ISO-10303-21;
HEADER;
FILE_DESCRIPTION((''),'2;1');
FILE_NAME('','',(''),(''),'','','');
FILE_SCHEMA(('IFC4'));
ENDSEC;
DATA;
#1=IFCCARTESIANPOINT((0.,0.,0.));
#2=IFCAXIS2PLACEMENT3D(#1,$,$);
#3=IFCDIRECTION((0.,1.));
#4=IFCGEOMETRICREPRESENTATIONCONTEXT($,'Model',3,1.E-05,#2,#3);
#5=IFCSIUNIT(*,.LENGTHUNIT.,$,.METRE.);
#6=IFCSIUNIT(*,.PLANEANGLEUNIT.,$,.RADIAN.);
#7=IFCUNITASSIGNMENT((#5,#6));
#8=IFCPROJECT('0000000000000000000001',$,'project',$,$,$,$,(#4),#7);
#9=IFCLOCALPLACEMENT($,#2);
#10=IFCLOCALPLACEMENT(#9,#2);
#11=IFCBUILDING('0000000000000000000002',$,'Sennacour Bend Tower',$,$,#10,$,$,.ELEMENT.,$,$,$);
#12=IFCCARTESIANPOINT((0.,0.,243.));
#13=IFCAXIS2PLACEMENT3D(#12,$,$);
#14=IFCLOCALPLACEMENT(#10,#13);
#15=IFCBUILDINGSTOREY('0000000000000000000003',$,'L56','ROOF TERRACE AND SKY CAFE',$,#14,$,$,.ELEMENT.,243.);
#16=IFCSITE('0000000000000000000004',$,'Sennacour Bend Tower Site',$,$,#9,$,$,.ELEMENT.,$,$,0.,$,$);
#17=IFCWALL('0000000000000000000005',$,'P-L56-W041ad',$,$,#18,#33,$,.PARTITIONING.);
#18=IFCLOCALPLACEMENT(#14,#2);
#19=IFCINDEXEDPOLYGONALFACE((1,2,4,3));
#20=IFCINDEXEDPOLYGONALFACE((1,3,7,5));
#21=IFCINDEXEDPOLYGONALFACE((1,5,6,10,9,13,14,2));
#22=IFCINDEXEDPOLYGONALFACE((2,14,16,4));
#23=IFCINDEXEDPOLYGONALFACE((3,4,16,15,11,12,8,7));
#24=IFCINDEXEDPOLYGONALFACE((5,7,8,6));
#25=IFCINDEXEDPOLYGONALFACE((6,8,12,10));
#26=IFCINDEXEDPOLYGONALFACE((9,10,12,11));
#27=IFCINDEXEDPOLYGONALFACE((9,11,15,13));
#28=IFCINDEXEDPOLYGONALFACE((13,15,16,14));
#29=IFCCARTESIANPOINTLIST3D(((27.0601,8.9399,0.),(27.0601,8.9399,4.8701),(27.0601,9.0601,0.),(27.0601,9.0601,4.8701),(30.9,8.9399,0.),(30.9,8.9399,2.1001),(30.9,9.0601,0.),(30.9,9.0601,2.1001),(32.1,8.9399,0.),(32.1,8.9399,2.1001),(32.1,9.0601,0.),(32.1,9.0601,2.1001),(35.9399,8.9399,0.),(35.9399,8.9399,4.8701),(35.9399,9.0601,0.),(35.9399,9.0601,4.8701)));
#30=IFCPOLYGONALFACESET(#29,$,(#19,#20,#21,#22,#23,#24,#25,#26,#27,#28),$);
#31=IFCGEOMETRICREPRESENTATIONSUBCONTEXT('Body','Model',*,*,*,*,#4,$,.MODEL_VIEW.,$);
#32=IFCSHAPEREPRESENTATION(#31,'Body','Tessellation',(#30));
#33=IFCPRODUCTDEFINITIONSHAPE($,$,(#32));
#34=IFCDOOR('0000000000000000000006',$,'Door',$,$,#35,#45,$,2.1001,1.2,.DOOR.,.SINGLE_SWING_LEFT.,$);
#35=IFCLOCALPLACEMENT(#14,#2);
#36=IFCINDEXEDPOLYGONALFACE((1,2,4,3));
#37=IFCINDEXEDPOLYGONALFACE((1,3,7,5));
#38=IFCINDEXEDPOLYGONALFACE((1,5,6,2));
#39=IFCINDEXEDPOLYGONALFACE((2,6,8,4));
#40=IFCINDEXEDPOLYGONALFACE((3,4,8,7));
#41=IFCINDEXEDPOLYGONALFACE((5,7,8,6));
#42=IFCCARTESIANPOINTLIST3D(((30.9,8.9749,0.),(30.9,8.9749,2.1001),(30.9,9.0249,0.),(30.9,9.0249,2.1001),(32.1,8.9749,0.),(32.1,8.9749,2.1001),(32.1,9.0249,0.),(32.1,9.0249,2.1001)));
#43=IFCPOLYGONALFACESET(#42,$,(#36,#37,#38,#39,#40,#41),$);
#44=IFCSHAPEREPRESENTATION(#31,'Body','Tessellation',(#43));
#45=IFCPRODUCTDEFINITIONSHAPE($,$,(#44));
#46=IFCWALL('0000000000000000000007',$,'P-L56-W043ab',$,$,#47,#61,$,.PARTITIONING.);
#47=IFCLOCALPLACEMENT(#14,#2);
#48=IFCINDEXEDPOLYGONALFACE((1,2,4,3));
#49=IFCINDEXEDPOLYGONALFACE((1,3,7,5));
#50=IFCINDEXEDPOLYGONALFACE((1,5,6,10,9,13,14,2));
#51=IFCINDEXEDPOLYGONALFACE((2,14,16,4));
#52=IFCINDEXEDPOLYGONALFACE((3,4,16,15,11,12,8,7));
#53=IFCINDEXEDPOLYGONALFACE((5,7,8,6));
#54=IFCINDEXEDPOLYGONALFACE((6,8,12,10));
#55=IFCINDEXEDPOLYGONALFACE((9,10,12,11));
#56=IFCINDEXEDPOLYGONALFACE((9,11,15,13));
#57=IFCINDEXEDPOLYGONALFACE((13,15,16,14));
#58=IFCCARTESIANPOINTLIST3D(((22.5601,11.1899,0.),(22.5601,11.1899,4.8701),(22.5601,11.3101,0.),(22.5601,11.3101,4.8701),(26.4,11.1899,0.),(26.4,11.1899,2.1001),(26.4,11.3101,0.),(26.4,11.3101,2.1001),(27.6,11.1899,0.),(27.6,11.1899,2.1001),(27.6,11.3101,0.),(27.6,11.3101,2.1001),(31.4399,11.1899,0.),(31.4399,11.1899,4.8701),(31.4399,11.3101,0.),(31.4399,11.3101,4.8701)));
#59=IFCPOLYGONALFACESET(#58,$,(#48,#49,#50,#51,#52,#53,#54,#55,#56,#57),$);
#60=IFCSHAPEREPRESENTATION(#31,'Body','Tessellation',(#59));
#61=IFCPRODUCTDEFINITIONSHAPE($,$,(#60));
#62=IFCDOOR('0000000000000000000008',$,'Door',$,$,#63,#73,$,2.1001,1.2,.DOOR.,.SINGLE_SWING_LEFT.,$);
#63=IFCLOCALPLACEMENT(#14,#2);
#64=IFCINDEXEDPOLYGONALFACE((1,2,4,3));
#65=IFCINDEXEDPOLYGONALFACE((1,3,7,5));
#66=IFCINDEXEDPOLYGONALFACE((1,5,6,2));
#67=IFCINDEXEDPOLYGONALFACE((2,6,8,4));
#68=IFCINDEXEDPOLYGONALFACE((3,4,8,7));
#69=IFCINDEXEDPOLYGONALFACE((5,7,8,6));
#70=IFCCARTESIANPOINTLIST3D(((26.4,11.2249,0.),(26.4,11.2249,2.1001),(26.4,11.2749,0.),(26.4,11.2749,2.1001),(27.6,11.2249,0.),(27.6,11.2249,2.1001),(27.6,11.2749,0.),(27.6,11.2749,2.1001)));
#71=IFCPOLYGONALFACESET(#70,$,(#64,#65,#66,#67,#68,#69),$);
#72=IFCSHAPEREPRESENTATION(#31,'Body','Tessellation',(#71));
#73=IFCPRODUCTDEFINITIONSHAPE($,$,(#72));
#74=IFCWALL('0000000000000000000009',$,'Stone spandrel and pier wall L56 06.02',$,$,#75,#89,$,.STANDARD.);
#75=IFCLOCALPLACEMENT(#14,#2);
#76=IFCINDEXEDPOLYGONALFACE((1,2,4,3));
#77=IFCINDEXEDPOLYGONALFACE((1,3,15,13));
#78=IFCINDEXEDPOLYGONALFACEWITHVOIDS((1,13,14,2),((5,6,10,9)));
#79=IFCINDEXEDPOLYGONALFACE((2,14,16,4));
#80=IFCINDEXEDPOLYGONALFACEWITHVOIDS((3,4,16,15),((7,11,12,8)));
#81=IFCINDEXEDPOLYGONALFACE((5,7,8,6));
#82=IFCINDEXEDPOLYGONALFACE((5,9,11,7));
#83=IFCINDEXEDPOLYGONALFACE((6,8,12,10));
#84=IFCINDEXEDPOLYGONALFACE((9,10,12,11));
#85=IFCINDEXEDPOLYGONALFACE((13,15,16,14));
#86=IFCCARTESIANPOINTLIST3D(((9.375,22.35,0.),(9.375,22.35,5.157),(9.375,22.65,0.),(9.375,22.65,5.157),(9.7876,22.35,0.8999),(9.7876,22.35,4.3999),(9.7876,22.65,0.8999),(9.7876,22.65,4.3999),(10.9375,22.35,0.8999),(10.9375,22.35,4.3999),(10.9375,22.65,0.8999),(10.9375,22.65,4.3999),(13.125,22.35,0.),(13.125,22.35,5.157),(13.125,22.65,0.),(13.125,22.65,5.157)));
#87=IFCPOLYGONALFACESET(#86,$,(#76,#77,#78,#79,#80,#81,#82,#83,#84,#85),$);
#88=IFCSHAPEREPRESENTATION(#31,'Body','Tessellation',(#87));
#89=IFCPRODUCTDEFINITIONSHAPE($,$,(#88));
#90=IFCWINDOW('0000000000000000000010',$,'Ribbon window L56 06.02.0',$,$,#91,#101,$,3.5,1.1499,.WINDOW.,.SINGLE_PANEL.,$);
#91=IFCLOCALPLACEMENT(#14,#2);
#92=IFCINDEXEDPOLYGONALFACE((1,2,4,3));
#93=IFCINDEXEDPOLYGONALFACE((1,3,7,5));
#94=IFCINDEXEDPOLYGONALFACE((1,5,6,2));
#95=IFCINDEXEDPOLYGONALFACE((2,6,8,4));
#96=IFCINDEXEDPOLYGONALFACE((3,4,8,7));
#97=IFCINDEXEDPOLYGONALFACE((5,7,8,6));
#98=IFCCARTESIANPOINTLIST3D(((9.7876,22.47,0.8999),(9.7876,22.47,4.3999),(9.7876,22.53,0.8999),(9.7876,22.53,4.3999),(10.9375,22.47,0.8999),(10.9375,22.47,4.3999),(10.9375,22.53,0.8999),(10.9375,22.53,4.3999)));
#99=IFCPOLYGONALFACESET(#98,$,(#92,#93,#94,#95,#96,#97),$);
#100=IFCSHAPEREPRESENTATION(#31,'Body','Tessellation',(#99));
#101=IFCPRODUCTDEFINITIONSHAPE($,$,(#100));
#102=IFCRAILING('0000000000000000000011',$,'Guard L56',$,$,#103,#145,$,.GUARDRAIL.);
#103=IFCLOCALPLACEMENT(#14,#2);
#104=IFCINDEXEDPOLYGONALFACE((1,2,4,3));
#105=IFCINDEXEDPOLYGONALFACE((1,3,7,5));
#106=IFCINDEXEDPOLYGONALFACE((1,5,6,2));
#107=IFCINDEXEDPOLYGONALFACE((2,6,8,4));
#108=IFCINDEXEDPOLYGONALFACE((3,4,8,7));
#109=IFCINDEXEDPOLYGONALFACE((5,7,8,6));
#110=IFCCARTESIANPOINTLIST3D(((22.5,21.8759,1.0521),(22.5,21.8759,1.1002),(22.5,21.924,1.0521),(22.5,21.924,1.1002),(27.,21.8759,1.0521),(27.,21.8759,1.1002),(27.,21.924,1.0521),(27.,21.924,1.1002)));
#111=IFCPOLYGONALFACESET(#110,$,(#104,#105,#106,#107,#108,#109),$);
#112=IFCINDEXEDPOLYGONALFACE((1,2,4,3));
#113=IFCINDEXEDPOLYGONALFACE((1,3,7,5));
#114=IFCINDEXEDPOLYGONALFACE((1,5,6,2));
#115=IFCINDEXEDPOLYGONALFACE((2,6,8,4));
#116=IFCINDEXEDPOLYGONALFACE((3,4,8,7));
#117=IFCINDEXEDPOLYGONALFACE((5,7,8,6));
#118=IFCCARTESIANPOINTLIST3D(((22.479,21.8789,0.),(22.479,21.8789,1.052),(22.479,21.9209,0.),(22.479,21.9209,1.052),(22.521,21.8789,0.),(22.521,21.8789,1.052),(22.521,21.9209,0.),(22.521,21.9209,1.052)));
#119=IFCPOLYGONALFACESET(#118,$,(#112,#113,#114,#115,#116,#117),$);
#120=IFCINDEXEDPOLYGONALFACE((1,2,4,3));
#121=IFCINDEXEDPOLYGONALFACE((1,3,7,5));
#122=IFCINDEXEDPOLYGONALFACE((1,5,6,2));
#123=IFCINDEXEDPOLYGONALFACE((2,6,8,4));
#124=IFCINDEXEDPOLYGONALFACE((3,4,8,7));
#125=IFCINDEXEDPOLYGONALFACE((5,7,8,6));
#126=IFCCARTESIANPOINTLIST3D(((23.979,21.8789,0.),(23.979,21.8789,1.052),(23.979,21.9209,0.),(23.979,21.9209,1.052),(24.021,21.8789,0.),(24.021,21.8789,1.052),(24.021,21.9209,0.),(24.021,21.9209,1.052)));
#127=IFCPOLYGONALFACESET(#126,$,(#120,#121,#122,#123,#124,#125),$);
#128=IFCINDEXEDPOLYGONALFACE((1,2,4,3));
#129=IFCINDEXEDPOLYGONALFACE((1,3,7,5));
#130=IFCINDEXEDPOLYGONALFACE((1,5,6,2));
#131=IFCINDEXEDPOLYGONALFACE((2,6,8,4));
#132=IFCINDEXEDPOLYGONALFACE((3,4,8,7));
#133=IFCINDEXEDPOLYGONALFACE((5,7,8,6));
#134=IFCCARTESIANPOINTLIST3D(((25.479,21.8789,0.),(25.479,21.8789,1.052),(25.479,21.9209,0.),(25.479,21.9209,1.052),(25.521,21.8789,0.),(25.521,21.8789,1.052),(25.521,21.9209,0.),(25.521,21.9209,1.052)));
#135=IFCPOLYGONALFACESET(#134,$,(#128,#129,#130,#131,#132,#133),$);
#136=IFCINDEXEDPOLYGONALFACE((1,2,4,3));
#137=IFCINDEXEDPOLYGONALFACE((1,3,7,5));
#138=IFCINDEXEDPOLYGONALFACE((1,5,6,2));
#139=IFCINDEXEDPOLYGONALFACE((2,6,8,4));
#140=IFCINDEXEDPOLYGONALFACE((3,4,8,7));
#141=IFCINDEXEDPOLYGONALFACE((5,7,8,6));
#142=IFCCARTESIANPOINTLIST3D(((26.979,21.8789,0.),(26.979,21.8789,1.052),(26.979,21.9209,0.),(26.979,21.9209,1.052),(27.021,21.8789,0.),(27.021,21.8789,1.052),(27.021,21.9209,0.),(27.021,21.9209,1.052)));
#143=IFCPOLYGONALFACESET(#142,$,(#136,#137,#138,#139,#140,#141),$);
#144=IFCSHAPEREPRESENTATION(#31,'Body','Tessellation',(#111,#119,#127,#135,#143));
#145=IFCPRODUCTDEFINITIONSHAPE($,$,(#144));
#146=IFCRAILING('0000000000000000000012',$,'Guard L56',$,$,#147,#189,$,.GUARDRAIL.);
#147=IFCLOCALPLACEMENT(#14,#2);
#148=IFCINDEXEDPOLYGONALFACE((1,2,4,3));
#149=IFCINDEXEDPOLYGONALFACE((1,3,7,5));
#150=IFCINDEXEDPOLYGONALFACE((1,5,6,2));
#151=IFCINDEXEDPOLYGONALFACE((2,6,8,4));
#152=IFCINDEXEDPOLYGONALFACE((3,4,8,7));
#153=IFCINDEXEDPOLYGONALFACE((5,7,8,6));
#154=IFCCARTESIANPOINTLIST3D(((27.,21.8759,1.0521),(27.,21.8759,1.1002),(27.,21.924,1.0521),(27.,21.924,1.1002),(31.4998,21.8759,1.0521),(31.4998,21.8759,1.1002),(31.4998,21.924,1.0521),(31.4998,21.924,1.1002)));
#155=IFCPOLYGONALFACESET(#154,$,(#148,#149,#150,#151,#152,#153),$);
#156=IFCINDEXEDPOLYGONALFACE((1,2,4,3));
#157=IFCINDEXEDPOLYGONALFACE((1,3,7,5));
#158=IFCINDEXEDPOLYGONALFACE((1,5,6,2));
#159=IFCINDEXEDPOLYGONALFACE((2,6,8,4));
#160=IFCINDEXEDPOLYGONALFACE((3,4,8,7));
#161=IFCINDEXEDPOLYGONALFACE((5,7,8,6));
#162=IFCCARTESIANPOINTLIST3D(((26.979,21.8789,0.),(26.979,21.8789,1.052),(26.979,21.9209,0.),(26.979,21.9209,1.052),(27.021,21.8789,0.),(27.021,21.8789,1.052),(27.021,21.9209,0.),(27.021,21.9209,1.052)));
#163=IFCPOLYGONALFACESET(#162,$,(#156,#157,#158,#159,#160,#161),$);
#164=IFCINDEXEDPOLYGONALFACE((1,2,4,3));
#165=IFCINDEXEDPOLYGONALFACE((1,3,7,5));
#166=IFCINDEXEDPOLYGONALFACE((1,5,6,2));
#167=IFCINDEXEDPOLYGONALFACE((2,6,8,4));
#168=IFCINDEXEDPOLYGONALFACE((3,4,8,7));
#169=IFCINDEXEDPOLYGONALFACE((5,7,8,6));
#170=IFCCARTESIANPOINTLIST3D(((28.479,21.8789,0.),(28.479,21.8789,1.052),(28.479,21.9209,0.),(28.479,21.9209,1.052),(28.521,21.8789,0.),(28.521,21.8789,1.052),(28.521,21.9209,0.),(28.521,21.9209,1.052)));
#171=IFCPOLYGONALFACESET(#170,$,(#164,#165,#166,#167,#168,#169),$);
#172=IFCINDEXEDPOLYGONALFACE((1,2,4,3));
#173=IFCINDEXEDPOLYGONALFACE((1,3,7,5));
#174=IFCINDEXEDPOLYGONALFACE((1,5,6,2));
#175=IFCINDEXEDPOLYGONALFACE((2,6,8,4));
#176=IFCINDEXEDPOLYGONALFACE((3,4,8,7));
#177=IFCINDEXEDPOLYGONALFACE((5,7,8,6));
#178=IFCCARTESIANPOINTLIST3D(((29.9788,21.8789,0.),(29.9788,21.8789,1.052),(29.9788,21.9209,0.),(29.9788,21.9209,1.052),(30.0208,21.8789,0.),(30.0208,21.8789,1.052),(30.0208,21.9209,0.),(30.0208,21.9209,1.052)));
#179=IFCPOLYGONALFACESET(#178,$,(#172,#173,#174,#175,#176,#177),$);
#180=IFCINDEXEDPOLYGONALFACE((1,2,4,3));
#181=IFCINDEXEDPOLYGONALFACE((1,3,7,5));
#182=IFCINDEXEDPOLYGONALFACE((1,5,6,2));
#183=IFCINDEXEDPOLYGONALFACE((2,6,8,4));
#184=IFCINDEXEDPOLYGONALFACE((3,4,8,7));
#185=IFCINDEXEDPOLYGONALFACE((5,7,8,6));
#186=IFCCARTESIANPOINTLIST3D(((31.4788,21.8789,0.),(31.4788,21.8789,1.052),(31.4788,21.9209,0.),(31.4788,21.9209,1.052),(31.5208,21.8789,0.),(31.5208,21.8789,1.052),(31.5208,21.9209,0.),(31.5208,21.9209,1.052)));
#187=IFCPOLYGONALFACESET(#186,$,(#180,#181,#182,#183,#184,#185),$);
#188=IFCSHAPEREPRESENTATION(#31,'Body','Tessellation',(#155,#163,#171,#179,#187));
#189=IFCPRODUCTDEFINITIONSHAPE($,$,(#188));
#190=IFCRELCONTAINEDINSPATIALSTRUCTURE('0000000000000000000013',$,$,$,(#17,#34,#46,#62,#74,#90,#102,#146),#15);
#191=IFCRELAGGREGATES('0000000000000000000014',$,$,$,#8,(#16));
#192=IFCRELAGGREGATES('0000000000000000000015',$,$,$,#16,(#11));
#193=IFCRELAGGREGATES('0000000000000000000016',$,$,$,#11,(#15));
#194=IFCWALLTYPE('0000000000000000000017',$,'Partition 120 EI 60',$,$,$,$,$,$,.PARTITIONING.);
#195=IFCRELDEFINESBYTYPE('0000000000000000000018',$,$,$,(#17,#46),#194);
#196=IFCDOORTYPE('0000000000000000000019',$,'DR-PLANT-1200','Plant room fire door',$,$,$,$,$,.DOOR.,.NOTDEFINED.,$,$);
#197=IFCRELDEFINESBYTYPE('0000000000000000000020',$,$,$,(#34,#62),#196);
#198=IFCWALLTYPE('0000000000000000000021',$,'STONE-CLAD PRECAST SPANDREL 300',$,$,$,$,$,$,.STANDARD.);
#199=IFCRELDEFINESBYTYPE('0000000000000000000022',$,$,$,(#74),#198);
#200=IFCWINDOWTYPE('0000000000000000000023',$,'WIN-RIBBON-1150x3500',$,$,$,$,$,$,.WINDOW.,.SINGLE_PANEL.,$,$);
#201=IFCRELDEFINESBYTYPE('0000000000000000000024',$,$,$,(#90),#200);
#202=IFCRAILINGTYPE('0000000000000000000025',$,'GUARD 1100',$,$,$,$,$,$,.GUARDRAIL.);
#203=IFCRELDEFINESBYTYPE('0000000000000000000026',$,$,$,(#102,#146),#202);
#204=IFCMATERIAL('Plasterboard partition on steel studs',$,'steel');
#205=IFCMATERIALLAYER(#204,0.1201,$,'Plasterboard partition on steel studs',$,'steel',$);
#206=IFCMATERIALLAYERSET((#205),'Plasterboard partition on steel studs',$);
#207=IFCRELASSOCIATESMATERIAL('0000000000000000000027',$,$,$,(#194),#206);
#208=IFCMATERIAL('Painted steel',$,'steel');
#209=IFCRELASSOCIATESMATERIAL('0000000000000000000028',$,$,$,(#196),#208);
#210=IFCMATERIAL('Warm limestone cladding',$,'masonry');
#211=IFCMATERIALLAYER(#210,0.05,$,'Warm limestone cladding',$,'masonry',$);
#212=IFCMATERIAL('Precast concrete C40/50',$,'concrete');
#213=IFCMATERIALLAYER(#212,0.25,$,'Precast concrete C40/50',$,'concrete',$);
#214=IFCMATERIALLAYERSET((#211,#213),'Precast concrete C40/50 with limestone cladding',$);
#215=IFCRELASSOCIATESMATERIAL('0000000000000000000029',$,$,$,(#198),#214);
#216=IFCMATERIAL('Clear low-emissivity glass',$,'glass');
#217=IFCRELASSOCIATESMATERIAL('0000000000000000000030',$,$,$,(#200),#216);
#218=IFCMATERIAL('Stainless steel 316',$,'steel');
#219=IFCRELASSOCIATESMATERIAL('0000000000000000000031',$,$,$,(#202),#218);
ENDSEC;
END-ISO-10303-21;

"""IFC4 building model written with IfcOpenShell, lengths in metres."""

from ifc_helpers import new_model, si_unit, direction, frame, frame_2d, origin, origin_2d, place, context, subcontext, project, spatial, rectangle, extrude, material, layer, layer_set, type_object, element, fill, save


model = new_model("IFC4")

# Units and contexts
model_context = context("Model", 3, precision=1e-05, world=origin(), true_north=direction((0.0, 1.0)))
body_context = subcontext(model_context, "Body", "Model", "MODEL_VIEW")
ifc_project = project(units=[si_unit("LENGTHUNIT", "METRE"), si_unit("PLANEANGLEUNIT", "RADIAN")], contexts=[model_context])

# Site, building, storey
site_placement = place(None, origin())
site = spatial("IfcSite", under=ifc_project, at=site_placement, Name="Sennacour Bend Tower Site", CompositionType="ELEMENT", RefElevation=0.0)
building_placement = place(site_placement, origin())
building = spatial("IfcBuilding", under=site, at=building_placement, Name="Sennacour Bend Tower", CompositionType="ELEMENT")
storey_placement = place(building_placement, frame((0.0, 0.0, 243.0)))
storey = spatial("IfcBuildingStorey", under=building, at=storey_placement, Name="L56", Description="ROOF TERRACE AND SKY CAFE", CompositionType="ELEMENT", Elevation=243.0)

# Shared definitions
ifc_material_1 = material(Name="Plasterboard partition on steel studs", Category="steel")

# Walls, openings, doors
ifc_layer_1 = layer(ifc_material_1, 0.1201, Name="Plasterboard partition on steel studs", Category="steel")
ifc_layer_set_1 = layer_set([ifc_layer_1], Name="Plasterboard partition on steel studs")
wall_type_1 = type_object("IfcWallType", Name="Partition 120 EI 60", PredefinedType="PARTITIONING", material=ifc_layer_set_1)
wall_1_placement = place(storey_placement, frame((27.0601, 9.0, 0.0), z_axis=(0.0, 0.0, 1.0), x_axis=(1.0, 0.0, 0.0)))
wall_1 = element("IfcWall", 1, at=wall_1_placement, inside=storey, type_object=wall_type_1, Name="P-L56-W041ad", PredefinedType="PARTITIONING", context=body_context, shape_type="SweptSolid", body=[
    extrude(rectangle(XDim=8.8799, YDim=0.1201, at=frame_2d((4.4399, 0.0))), origin(), (0.0, 0.0, 1.0), 4.8701),
])
opening_1_placement = place(wall_1_placement, frame((3.8398, 0.0, 0.0)))
opening_1 = element("IfcOpeningElement", 2, at=opening_1_placement, cuts=wall_1, PredefinedType="OPENING", context=body_context, shape_type="SweptSolid", body=[
    extrude(rectangle(XDim=1.2, YDim=2.1001, at=frame_2d((0.6001, 1.05))), frame((0.0, 0.0701, 0.0), z_axis=(0.0, -1.0, 0.0), x_axis=(1.0, 0.0, 0.0)), (0.0, 0.0, 1.0), 0.1401),
])
ifc_material_2 = material(Name="Painted steel", Category="steel")
door_type_1 = type_object("IfcDoorType", Name="DR-PLANT-1200", Description="Plant room fire door", OperationType="NOTDEFINED", PredefinedType="DOOR", material=ifc_material_2)
door_1_placement = place(opening_1_placement, origin())
door_1 = element("IfcDoor", 3, at=door_1_placement, inside=storey, type_object=door_type_1, Name="Door", OperationType="SINGLE_SWING_LEFT", OverallHeight=2.1001, OverallWidth=1.2, PredefinedType="DOOR", context=body_context, shape_type="SweptSolid", body=[
    extrude(rectangle(XDim=1.2, YDim=2.1001, at=frame_2d((0.6001, 1.05))), frame((0.0, 0.0249, 0.0), z_axis=(0.0, -1.0, 0.0), x_axis=(1.0, 0.0, 0.0)), (0.0, 0.0, 1.0), 0.05),
])
fill(opening_1, door_1)
wall_2_placement = place(storey_placement, frame((22.5601, 11.25, 0.0), z_axis=(0.0, 0.0, 1.0), x_axis=(1.0, 0.0, 0.0)))
wall_2 = element("IfcWall", 4, at=wall_2_placement, inside=storey, type_object=wall_type_1, Name="P-L56-W043ab", PredefinedType="PARTITIONING", context=body_context, shape_type="SweptSolid", body=[
    extrude(rectangle(XDim=8.8799, YDim=0.1201, at=frame_2d((4.4399, 0.0))), origin(), (0.0, 0.0, 1.0), 4.8701),
])
opening_2_placement = place(wall_2_placement, frame((3.8398, 0.0, 0.0)))
opening_2 = element("IfcOpeningElement", 5, at=opening_2_placement, cuts=wall_2, PredefinedType="OPENING", context=body_context, shape_type="SweptSolid", body=[
    extrude(rectangle(XDim=1.2, YDim=2.1001, at=frame_2d((0.6001, 1.05))), frame((0.0, 0.0701, 0.0), z_axis=(0.0, -1.0, 0.0), x_axis=(1.0, 0.0, 0.0)), (0.0, 0.0, 1.0), 0.1401),
])
door_2_placement = place(opening_2_placement, origin())
door_2 = element("IfcDoor", 6, at=door_2_placement, inside=storey, type_object=door_type_1, Name="Door", OperationType="SINGLE_SWING_LEFT", OverallHeight=2.1001, OverallWidth=1.2, PredefinedType="DOOR", context=body_context, shape_type="SweptSolid", body=[
    extrude(rectangle(XDim=1.2, YDim=2.1001, at=frame_2d((0.6001, 1.05))), frame((0.0, 0.0249, 0.0), z_axis=(0.0, -1.0, 0.0), x_axis=(1.0, 0.0, 0.0)), (0.0, 0.0, 1.0), 0.05),
])
fill(opening_2, door_2)
ifc_material_3 = material(Name="Warm limestone cladding", Category="masonry")
ifc_layer_2 = layer(ifc_material_3, 0.05, Name="Warm limestone cladding", Category="masonry")
ifc_material_4 = material(Name="Precast concrete C40/50", Category="concrete")
ifc_layer_3 = layer(ifc_material_4, 0.25, Name="Precast concrete C40/50", Category="concrete")
ifc_layer_set_2 = layer_set([ifc_layer_2, ifc_layer_3], Name="Precast concrete C40/50 with limestone cladding")
wall_type_2 = type_object("IfcWallType", Name="STONE-CLAD PRECAST SPANDREL 300", PredefinedType="STANDARD", material=ifc_layer_set_2)

# Wall, opening, window
wall_3_placement = place(storey_placement, frame((13.125, 22.5, 0.0), z_axis=(0.0, 0.0, 1.0), x_axis=(-1.0, 0.0, 0.0)))
wall_3 = element("IfcWall", 7, at=wall_3_placement, inside=storey, type_object=wall_type_2, Name="Stone spandrel and pier wall L56 06.02", PredefinedType="STANDARD", context=body_context, shape_type="SweptSolid", body=[
    extrude(rectangle(XDim=3.75, YDim=0.3, at=frame_2d((1.875, 0.0))), origin(), (0.0, 0.0, 1.0), 5.157),
])
opening_3_placement = place(wall_3_placement, frame((2.1875, 0.0, 0.8999)))
opening_3 = element("IfcOpeningElement", 8, at=opening_3_placement, cuts=wall_3, PredefinedType="OPENING", context=body_context, shape_type="SweptSolid", body=[
    extrude(rectangle(XDim=1.1499, YDim=3.5, at=frame_2d((0.575, 1.75))), frame((0.0, 0.1602, 0.0), z_axis=(0.0, -1.0, 0.0), x_axis=(1.0, 0.0, 0.0)), (0.0, 0.0, 1.0), 0.3201),
])
ifc_material_5 = material(Name="Clear low-emissivity glass", Category="glass")
window_type = type_object("IfcWindowType", Name="WIN-RIBBON-1150x3500", PartitioningType="SINGLE_PANEL", PredefinedType="WINDOW", material=ifc_material_5)
window_placement = place(opening_3_placement, origin())
window = element("IfcWindow", 9, at=window_placement, inside=storey, type_object=window_type, Name="Ribbon window L56 06.02.0", OverallHeight=3.5, OverallWidth=1.1499, PartitioningType="SINGLE_PANEL", PredefinedType="WINDOW", context=body_context, shape_type="SweptSolid", body=[
    extrude(rectangle(XDim=1.1499, YDim=3.5, at=frame_2d((0.575, 1.75))), frame((0.0, 0.03, 0.0), z_axis=(0.0, -1.0, 0.0), x_axis=(1.0, 0.0, 0.0)), (0.0, 0.0, 1.0), 0.0601),
])
fill(opening_3, window)

# Railings
ifc_material_6 = material(Name="Stainless steel 316", Category="steel")
railing_type = type_object("IfcRailingType", Name="GUARD 1100", PredefinedType="GUARDRAIL", material=ifc_material_6)
railing_1_placement = place(storey_placement, frame((22.5, 21.8999, 0.0)))
element("IfcRailing", 10, at=railing_1_placement, inside=storey, type_object=railing_type, Name="Guard L56", PredefinedType="GUARDRAIL", context=body_context, shape_type="SweptSolid", body=[
    extrude(rectangle(XDim=0.0481, YDim=0.0481, at=origin_2d()), frame((0.0, 0.0, 1.0762), z_axis=(1.0, 0.0, 0.0), x_axis=(0.0, 1.0, 0.0)), (0.0, 0.0, 1.0), 4.5),
    extrude(rectangle(XDim=0.042, YDim=0.042, at=origin_2d()), origin(), (0.0, 0.0, 1.0), 1.052),
    extrude(rectangle(XDim=0.042, YDim=0.042, at=origin_2d()), frame((1.5, 0.0, 0.0)), (0.0, 0.0, 1.0), 1.052),
    extrude(rectangle(XDim=0.042, YDim=0.042, at=origin_2d()), frame((3.0, 0.0, 0.0)), (0.0, 0.0, 1.0), 1.052),
    extrude(rectangle(XDim=0.042, YDim=0.042, at=origin_2d()), frame((4.5, 0.0, 0.0)), (0.0, 0.0, 1.0), 1.052),
])
railing_2_placement = place(storey_placement, frame((27.0, 21.8999, 0.0)))
element("IfcRailing", 11, at=railing_2_placement, inside=storey, type_object=railing_type, Name="Guard L56", PredefinedType="GUARDRAIL", context=body_context, shape_type="SweptSolid", body=[
    extrude(rectangle(XDim=0.0481, YDim=0.0481, at=origin_2d()), frame((0.0, 0.0, 1.0762), z_axis=(1.0, 0.0, 0.0), x_axis=(0.0, 1.0, 0.0)), (0.0, 0.0, 1.0), 4.4998),
    extrude(rectangle(XDim=0.042, YDim=0.042, at=origin_2d()), origin(), (0.0, 0.0, 1.0), 1.052),
    extrude(rectangle(XDim=0.042, YDim=0.042, at=origin_2d()), frame((1.5, 0.0, 0.0)), (0.0, 0.0, 1.0), 1.052),
    extrude(rectangle(XDim=0.042, YDim=0.042, at=origin_2d()), frame((2.9998, 0.0, 0.0)), (0.0, 0.0, 1.0), 1.052),
    extrude(rectangle(XDim=0.042, YDim=0.042, at=origin_2d()), frame((4.4998, 0.0, 0.0)), (0.0, 0.0, 1.0), 1.052),
])

save(model, "model.ifc")
